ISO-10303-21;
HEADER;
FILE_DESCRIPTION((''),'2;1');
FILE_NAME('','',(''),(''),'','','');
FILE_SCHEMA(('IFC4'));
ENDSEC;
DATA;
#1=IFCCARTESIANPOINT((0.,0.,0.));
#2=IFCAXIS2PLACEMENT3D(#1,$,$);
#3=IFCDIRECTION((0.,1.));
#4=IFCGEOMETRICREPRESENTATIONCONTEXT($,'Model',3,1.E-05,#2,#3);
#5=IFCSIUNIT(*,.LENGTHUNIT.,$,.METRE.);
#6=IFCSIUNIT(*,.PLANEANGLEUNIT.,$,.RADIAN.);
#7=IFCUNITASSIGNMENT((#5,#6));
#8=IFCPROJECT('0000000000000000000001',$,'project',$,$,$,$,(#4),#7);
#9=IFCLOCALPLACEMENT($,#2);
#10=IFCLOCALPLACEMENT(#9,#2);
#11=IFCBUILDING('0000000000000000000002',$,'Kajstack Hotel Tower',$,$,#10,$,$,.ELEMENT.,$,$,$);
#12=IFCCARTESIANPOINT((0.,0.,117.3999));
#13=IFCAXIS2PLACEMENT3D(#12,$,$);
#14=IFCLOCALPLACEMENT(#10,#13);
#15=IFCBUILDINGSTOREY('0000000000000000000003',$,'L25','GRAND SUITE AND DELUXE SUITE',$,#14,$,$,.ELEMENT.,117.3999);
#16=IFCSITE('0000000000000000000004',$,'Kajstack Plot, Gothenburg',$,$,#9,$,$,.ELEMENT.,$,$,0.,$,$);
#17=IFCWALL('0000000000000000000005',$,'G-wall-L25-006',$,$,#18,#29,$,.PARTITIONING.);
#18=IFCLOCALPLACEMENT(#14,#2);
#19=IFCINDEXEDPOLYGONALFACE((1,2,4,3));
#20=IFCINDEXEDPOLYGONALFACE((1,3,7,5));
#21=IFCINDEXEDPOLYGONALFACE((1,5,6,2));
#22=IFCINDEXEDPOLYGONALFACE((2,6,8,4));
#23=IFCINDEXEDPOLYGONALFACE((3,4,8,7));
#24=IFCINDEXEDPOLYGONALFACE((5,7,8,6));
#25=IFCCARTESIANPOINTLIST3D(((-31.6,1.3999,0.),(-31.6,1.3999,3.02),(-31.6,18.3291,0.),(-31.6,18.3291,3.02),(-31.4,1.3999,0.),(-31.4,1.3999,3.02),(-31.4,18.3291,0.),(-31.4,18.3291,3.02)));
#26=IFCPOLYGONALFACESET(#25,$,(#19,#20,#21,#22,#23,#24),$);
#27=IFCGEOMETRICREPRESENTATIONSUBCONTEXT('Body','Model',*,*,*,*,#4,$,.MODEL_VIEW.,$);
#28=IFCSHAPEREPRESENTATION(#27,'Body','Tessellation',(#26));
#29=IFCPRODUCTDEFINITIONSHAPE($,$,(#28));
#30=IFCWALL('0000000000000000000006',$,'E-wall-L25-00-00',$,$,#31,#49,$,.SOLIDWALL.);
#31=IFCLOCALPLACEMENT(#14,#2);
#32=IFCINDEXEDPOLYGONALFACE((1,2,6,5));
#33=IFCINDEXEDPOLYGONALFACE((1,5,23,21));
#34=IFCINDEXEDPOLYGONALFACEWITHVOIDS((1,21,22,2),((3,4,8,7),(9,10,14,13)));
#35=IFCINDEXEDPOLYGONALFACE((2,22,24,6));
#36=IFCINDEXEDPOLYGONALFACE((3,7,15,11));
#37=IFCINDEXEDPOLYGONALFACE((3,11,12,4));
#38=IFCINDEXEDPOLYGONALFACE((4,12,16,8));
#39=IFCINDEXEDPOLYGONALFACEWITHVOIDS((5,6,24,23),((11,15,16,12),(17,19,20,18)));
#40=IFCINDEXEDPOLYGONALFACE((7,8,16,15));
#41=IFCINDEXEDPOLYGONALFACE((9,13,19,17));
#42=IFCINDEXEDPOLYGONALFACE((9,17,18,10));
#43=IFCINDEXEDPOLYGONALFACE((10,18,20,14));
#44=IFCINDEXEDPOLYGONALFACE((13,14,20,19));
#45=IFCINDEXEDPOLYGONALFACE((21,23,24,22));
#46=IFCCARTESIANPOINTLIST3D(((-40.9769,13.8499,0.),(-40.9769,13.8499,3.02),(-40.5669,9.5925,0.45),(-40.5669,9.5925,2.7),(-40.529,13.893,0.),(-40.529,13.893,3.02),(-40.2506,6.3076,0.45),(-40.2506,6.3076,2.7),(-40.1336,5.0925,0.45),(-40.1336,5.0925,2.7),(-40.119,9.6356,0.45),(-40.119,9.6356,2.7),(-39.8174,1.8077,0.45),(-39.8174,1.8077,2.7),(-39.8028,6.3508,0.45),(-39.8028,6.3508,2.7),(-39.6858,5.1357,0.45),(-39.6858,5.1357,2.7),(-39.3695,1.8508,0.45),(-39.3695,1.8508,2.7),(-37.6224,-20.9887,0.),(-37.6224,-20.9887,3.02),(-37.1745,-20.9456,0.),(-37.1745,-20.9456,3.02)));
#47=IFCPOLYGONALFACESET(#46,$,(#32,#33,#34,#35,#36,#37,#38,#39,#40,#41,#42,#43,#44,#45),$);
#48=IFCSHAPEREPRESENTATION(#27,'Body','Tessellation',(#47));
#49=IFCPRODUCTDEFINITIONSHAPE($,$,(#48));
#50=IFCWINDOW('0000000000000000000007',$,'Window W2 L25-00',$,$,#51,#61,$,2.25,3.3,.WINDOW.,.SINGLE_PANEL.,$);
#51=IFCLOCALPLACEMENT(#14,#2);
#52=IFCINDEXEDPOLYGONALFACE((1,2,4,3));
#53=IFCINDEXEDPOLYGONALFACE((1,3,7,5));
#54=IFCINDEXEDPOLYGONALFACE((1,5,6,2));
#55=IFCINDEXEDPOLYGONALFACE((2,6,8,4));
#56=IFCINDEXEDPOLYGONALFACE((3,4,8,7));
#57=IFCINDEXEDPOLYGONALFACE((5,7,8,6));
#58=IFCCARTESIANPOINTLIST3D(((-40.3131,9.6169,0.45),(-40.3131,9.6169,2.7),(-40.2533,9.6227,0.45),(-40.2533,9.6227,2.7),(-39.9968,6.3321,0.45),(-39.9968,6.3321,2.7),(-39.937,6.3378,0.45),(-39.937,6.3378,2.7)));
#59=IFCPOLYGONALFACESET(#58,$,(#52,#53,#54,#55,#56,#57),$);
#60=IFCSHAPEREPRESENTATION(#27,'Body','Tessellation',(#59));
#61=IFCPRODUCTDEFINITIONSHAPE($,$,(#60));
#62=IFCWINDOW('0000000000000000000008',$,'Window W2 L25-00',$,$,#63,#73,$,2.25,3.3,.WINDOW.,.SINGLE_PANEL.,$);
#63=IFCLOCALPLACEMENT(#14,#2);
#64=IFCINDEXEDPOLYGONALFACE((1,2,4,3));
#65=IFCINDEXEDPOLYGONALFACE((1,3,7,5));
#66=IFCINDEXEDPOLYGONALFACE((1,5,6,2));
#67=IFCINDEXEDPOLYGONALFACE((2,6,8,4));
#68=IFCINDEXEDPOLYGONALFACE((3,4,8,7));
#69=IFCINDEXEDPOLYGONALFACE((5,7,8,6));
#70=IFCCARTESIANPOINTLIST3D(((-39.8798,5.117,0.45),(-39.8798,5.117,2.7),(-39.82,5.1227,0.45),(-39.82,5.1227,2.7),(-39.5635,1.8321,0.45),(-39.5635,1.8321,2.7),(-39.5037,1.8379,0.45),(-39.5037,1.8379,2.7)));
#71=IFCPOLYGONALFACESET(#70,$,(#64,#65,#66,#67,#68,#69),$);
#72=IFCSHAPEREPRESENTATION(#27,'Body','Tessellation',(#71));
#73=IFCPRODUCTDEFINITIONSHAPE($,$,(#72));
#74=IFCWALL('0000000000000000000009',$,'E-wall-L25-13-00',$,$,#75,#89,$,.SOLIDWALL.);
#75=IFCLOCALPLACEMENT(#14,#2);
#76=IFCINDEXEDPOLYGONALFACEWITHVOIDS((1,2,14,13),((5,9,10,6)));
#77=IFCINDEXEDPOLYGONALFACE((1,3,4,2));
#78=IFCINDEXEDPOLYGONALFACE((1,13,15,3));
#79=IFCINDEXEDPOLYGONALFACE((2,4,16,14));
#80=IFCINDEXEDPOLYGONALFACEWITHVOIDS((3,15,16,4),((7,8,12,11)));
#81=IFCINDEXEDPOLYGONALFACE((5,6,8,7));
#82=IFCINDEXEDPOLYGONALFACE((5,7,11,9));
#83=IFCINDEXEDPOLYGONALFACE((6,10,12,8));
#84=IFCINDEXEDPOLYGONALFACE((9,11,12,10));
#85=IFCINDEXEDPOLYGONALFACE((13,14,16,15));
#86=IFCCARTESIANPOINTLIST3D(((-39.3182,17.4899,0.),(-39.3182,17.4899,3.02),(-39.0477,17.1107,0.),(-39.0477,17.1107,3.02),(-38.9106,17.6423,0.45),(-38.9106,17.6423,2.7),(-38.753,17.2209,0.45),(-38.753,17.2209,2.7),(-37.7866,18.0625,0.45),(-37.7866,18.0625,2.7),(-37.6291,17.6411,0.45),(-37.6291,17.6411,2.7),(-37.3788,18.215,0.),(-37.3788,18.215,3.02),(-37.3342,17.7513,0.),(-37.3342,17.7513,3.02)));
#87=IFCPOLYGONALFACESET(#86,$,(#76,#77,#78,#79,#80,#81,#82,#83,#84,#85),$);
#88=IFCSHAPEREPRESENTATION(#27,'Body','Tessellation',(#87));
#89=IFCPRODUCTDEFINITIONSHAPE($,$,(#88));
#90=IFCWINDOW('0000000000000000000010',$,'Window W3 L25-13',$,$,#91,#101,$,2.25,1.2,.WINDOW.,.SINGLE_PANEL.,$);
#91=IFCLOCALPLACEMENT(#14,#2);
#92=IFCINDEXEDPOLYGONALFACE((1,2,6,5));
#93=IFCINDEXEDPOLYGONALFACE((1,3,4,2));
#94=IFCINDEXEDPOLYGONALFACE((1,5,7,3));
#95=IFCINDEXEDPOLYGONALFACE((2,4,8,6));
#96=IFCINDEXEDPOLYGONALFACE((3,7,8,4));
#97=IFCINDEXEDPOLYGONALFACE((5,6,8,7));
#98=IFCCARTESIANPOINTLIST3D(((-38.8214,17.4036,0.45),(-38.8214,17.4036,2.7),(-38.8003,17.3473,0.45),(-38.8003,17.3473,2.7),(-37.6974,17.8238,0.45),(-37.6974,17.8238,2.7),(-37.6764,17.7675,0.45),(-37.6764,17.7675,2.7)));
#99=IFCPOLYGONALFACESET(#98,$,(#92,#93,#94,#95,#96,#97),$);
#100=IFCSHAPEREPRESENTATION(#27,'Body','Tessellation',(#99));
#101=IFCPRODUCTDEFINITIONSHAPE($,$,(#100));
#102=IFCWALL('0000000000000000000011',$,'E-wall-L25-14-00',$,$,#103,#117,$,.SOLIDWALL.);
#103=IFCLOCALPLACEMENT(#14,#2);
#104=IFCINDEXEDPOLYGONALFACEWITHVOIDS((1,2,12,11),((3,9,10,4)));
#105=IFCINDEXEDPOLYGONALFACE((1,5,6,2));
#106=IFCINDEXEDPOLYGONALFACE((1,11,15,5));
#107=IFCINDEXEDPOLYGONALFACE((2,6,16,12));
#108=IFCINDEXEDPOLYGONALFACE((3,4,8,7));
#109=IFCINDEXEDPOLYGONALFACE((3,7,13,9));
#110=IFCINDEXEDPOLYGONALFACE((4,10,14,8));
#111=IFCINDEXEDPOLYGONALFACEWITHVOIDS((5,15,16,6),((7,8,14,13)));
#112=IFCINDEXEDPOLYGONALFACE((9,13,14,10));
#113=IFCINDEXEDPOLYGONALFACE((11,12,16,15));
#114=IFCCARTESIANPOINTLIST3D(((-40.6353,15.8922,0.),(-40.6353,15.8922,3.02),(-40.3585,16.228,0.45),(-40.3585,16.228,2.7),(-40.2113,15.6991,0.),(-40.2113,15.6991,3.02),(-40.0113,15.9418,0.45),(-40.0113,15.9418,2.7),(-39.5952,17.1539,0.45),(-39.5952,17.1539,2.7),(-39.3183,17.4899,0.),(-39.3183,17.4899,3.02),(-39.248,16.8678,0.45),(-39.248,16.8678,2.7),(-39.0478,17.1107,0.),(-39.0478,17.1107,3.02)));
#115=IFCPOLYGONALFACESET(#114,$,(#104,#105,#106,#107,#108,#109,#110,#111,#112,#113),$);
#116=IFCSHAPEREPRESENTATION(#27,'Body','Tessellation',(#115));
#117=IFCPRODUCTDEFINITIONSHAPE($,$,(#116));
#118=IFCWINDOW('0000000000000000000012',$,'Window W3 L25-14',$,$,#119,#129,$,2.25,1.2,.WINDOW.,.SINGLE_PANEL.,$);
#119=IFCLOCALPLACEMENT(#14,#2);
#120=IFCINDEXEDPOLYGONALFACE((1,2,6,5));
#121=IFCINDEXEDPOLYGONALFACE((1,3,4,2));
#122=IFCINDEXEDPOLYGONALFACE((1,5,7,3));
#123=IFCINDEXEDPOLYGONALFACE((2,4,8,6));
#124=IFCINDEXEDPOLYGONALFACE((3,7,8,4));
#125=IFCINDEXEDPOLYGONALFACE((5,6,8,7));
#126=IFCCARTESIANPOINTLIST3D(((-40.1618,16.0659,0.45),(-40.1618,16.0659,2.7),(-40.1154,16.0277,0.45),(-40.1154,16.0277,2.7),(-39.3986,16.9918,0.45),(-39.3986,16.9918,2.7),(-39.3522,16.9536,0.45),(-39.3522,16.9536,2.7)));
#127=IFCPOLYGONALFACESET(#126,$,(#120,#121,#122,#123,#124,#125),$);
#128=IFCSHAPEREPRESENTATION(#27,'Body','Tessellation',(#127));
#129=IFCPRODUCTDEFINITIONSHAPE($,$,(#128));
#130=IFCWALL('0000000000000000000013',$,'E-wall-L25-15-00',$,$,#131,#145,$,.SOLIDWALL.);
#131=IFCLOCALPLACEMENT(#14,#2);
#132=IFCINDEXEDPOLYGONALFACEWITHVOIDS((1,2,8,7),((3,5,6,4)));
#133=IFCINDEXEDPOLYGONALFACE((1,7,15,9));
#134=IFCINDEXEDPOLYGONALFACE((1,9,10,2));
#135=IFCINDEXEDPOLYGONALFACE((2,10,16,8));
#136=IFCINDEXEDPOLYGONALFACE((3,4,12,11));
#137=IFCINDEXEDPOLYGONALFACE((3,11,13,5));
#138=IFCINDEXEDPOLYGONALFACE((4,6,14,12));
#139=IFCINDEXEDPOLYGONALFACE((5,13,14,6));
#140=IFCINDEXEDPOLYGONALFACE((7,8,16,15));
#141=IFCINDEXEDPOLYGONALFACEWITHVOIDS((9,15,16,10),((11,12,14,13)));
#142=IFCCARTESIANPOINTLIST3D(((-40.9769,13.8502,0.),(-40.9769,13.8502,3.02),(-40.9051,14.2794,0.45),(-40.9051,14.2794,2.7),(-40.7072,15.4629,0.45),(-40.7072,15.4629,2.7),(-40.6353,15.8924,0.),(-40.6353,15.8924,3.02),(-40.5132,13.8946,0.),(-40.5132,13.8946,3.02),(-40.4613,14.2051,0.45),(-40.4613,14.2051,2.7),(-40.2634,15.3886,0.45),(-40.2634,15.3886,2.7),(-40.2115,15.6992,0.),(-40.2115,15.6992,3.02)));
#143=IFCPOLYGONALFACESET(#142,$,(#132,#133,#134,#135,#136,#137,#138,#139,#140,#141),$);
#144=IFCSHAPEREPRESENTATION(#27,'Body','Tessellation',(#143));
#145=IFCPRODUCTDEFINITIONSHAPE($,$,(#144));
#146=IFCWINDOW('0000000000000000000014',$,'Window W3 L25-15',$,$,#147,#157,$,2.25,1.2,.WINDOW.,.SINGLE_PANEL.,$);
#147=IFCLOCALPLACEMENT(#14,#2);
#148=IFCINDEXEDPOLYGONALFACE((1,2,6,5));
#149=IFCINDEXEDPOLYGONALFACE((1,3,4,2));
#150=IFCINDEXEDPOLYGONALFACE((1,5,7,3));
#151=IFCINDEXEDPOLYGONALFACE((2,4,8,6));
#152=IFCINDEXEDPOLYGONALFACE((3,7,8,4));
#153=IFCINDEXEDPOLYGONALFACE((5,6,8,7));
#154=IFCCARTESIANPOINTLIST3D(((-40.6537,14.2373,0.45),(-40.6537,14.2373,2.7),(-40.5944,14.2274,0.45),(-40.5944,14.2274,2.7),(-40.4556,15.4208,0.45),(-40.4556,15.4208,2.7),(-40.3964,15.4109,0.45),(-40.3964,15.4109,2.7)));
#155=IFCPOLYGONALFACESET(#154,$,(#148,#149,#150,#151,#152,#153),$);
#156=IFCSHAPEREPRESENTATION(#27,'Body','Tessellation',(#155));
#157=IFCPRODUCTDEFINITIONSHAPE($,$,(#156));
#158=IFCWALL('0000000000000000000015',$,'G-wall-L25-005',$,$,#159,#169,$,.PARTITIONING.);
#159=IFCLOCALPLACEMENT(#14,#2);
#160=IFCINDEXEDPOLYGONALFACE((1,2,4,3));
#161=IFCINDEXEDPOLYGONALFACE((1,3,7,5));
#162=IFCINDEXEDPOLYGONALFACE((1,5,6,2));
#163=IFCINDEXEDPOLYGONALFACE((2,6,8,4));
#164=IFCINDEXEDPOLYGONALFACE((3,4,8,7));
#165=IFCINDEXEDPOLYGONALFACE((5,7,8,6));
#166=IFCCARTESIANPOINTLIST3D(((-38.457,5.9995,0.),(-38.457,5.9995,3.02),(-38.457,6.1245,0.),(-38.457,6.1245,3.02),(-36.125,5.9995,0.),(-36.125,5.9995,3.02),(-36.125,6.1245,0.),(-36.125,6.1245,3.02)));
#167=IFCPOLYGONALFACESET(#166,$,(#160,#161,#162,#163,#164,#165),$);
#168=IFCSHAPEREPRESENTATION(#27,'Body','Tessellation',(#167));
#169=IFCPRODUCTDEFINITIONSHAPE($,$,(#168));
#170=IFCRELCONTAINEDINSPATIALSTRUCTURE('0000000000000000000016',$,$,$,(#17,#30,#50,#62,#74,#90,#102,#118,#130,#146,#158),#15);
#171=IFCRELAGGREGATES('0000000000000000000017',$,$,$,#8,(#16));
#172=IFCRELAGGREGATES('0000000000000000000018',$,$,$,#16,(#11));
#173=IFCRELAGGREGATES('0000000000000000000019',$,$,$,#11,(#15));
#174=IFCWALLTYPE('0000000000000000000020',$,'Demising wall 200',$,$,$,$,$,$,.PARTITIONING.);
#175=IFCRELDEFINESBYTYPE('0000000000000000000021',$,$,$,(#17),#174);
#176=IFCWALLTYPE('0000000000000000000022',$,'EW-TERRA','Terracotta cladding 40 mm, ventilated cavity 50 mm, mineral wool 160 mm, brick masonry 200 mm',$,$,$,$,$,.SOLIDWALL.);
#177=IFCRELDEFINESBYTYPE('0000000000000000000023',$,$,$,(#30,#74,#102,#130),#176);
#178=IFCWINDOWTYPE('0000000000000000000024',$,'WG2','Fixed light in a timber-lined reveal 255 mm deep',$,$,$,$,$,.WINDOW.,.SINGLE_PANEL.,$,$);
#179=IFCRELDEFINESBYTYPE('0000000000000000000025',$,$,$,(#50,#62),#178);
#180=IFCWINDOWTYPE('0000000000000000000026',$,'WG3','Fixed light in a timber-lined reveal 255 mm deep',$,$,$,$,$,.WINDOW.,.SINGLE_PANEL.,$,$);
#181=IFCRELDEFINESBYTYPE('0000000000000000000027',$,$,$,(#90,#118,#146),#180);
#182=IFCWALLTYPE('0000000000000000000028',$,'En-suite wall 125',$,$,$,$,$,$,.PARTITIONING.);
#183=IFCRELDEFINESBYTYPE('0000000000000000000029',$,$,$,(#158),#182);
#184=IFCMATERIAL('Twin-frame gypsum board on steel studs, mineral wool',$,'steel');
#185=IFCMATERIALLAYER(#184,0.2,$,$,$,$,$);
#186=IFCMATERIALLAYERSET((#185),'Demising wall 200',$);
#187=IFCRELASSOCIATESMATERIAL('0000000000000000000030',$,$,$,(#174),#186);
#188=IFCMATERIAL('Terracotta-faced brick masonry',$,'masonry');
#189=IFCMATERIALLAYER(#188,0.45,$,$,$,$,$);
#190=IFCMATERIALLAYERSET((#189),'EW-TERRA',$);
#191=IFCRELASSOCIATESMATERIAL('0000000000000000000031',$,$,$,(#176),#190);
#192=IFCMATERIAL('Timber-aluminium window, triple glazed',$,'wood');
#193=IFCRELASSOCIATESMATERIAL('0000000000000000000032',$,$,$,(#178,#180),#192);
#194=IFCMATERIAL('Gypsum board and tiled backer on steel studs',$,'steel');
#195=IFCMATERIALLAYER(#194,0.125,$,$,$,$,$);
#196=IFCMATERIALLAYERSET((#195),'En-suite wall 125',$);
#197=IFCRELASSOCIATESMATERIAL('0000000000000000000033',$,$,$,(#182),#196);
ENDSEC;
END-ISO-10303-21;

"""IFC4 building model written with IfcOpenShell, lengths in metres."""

from ifc_helpers import new_model, si_unit, direction, frame, frame_2d, origin, place, context, subcontext, project, spatial, polyline, rectangle, outline, extrude, material, layer, layer_set, type_object, element, fill, save


model = new_model("IFC4")

# Units and contexts
model_context = context("Model", 3, precision=1e-05, world=origin(), true_north=direction((0.0, 1.0)))
body_context = subcontext(model_context, "Body", "Model", "MODEL_VIEW")
ifc_project = project(units=[si_unit("LENGTHUNIT", "METRE"), si_unit("PLANEANGLEUNIT", "RADIAN")], contexts=[model_context])

# Site, building, storey
site_placement = place(None, origin())
site = spatial("IfcSite", under=ifc_project, at=site_placement, Name="Kajstack Plot, Gothenburg", CompositionType="ELEMENT", RefElevation=0.0)
building_placement = place(site_placement, origin())
building = spatial("IfcBuilding", under=site, at=building_placement, Name="Kajstack Hotel Tower", CompositionType="ELEMENT")
storey_placement = place(building_placement, frame((0.0, 0.0, 117.3999)))
storey = spatial("IfcBuildingStorey", under=building, at=storey_placement, Name="L25", Description="GRAND SUITE AND DELUXE SUITE", CompositionType="ELEMENT", Elevation=117.3999)

# Wall
ifc_material_1 = material(Name="Twin-frame gypsum board on steel studs, mineral wool", Category="steel")
ifc_layer_1 = layer(ifc_material_1, 0.2)
ifc_layer_set_1 = layer_set([ifc_layer_1], Name="Demising wall 200")
wall_type_1 = type_object("IfcWallType", Name="Demising wall 200", PredefinedType="PARTITIONING", material=ifc_layer_set_1)
wall_1_placement = place(storey_placement, frame((-31.5, 1.3999, 0.0), z_axis=(0.0, 0.0, 1.0), x_axis=(0.0, 1.0, 0.0)))
element("IfcWall", 1, at=wall_1_placement, inside=storey, type_object=wall_type_1, Name="G-wall-L25-006", PredefinedType="PARTITIONING", context=body_context, shape_type="SweptSolid", body=[
    extrude(rectangle(XDim=16.9292, YDim=0.2, at=frame_2d((8.4646, 0.0))), origin(), (0.0, 0.0, 1.0), 3.02),
])

# Wall, openings, windows
ifc_material_2 = material(Name="Terracotta-faced brick masonry", Category="masonry")
ifc_layer_2 = layer(ifc_material_2, 0.45)
ifc_layer_set_2 = layer_set([ifc_layer_2], Name="EW-TERRA")
wall_type_2 = type_object("IfcWallType", Name="EW-TERRA", Description="Terracotta cladding 40 mm, ventilated cavity 50 mm, mineral wool 160 mm, brick masonry 200 mm", PredefinedType="SOLIDWALL", material=ifc_layer_set_2)
wall_2_placement = place(storey_placement, frame((-40.7529, 13.8716, 0.0), z_axis=(0.0, 0.0, 1.0), x_axis=(0.095843, -0.995396, 0.0)))
wall_2 = element("IfcWall", 2, at=wall_2_placement, inside=storey, type_object=wall_type_2, Name="E-wall-L25-00-00", PredefinedType="SOLIDWALL", context=body_context, shape_type="SweptSolid", body=[
    extrude(rectangle(XDim=34.9998, YDim=0.45, at=frame_2d((17.5, 0.0))), origin(), (0.0, 0.0, 1.0), 3.02),
])
opening_1_placement = place(wall_2_placement, frame((4.2773, 0.0, 0.45)))
opening_1 = element("IfcOpeningElement", 3, at=opening_1_placement, cuts=wall_2, PredefinedType="OPENING", context=body_context, shape_type="SweptSolid", body=[
    extrude(rectangle(XDim=3.3, YDim=2.25, at=frame_2d((1.6499, 1.125))), frame((0.0, 0.2349, 0.0), z_axis=(0.0, -1.0, 0.0), x_axis=(1.0, 0.0, 0.0)), (0.0, 0.0, 1.0), 0.47),
])
opening_2_placement = place(wall_2_placement, frame((8.7981, 0.0, 0.45)))
opening_2 = element("IfcOpeningElement", 4, at=opening_2_placement, cuts=wall_2, PredefinedType="OPENING", context=body_context, shape_type="SweptSolid", body=[
    extrude(rectangle(XDim=3.3, YDim=2.25, at=frame_2d((1.6499, 1.125))), frame((0.0, 0.2349, 0.0), z_axis=(0.0, -1.0, 0.0), x_axis=(1.0, 0.0, 0.0)), (0.0, 0.0, 1.0), 0.47),
])
ifc_material_3 = material(Name="Timber-aluminium window, triple glazed", Category="wood")
window_type_1 = type_object("IfcWindowType", Name="WG2", Description="Fixed light in a timber-lined reveal 255 mm deep", PartitioningType="SINGLE_PANEL", PredefinedType="WINDOW", material=ifc_material_3)
window_1_placement = place(opening_1_placement, origin())
window_1 = element("IfcWindow", 5, at=window_1_placement, inside=storey, type_object=window_type_1, Name="Window W2 L25-00", OverallHeight=2.25, OverallWidth=3.3, PartitioningType="SINGLE_PANEL", PredefinedType="WINDOW", context=body_context, shape_type="SweptSolid", body=[
    extrude(rectangle(XDim=3.3, YDim=2.25, at=frame_2d((1.6499, 1.125))), frame((0.0, 0.0901, 0.0), z_axis=(0.0, -1.0, 0.0), x_axis=(1.0, 0.0, 0.0)), (0.0, 0.0, 1.0), 0.0601),
])
fill(opening_1, window_1)
window_2_placement = place(opening_2_placement, origin())
window_2 = element("IfcWindow", 6, at=window_2_placement, inside=storey, type_object=window_type_1, Name="Window W2 L25-00", OverallHeight=2.25, OverallWidth=3.3, PartitioningType="SINGLE_PANEL", PredefinedType="WINDOW", context=body_context, shape_type="SweptSolid", body=[
    extrude(rectangle(XDim=3.3, YDim=2.25, at=frame_2d((1.6499, 1.125))), frame((0.0, 0.0901, 0.0), z_axis=(0.0, -1.0, 0.0), x_axis=(1.0, 0.0, 0.0)), (0.0, 0.0, 1.0), 0.0601),
])
fill(opening_2, window_2)

# Walls, openings, windows
wall_3_placement = place(storey_placement, frame((-37.3, 18.0044, 0.0), z_axis=(0.0, 0.0, 1.0), x_axis=(-0.936678, -0.350193, 0.0)))
wall_3 = element("IfcWall", 7, at=wall_3_placement, inside=storey, type_object=wall_type_2, Name="E-wall-L25-13-00", PredefinedType="SOLIDWALL", context=body_context, shape_type="SweptSolid", body=[
    extrude(outline(polyline([(0.0, -0.2249), (2.0706, -0.2249), (1.95, 0.2251), (0.1206, 0.2251), (0.0, -0.2249)])), origin(), (0.0, 0.0, 1.0), 3.02),
])
opening_3_placement = place(wall_3_placement, frame((0.4353, 0.0, 0.45)))
opening_3 = element("IfcOpeningElement", 8, at=opening_3_placement, cuts=wall_3, PredefinedType="OPENING", context=body_context, shape_type="SweptSolid", body=[
    extrude(rectangle(XDim=1.2, YDim=2.25, at=frame_2d((0.6001, 1.125))), frame((0.0, 0.2349, 0.0), z_axis=(0.0, -1.0, 0.0), x_axis=(1.0, 0.0, 0.0)), (0.0, 0.0, 1.0), 0.47),
])
window_type_2 = type_object("IfcWindowType", Name="WG3", Description="Fixed light in a timber-lined reveal 255 mm deep", PartitioningType="SINGLE_PANEL", PredefinedType="WINDOW", material=ifc_material_3)
window_3_placement = place(opening_3_placement, origin())
window_3 = element("IfcWindow", 9, at=window_3_placement, inside=storey, type_object=window_type_2, Name="Window W3 L25-13", OverallHeight=2.25, OverallWidth=1.2, PartitioningType="SINGLE_PANEL", PredefinedType="WINDOW", context=body_context, shape_type="SweptSolid", body=[
    extrude(rectangle(XDim=1.2, YDim=2.25, at=frame_2d((0.6001, 1.125))), frame((0.0, 0.0901, 0.0), z_axis=(0.0, -1.0, 0.0), x_axis=(1.0, 0.0, 0.0)), (0.0, 0.0, 1.0), 0.0601),
])
fill(opening_3, window_3)
wall_4_placement = place(storey_placement, frame((-39.1448, 17.3469, 0.0), z_axis=(0.0, 0.0, 1.0), x_axis=(-0.636046, -0.771651, 0.0)))
wall_4 = element("IfcWall", 10, at=wall_4_placement, inside=storey, type_object=wall_type_2, Name="E-wall-L25-14-00", PredefinedType="SOLIDWALL", context=body_context, shape_type="SweptSolid", body=[
    extrude(outline(polyline([(0.0, -0.2249), (2.0706, -0.2249), (1.95, 0.2251), (0.1206, 0.2251), (0.0, -0.2249)])), origin(), (0.0, 0.0, 1.0), 3.02),
])
opening_4_placement = place(wall_4_placement, frame((0.4353, 0.0, 0.45)))
opening_4 = element("IfcOpeningElement", 11, at=opening_4_placement, cuts=wall_4, PredefinedType="OPENING", context=body_context, shape_type="SweptSolid", body=[
    extrude(rectangle(XDim=1.2, YDim=2.25, at=frame_2d((0.6001, 1.125))), frame((0.0, 0.2349, 0.0), z_axis=(0.0, -1.0, 0.0), x_axis=(1.0, 0.0, 0.0)), (0.0, 0.0, 1.0), 0.47),
])
window_4_placement = place(opening_4_placement, origin())
window_4 = element("IfcWindow", 12, at=window_4_placement, inside=storey, type_object=window_type_2, Name="Window W3 L25-14", OverallHeight=2.25, OverallWidth=1.2, PartitioningType="SINGLE_PANEL", PredefinedType="WINDOW", context=body_context, shape_type="SweptSolid", body=[
    extrude(rectangle(XDim=1.2, YDim=2.25, at=frame_2d((0.6001, 1.125))), frame((0.0, 0.0901, 0.0), z_axis=(0.0, -1.0, 0.0), x_axis=(1.0, 0.0, 0.0)), (0.0, 0.0, 1.0), 0.0601),
])
fill(opening_4, window_4)
wall_5_placement = place(storey_placement, frame((-40.4133, 15.8552, 0.0), z_axis=(0.0, 0.0, 1.0), x_axis=(-0.165068, -0.986282, 0.0)))
wall_5 = element("IfcWall", 13, at=wall_5_placement, inside=storey, type_object=wall_type_2, Name="E-wall-L25-15-00", PredefinedType="SOLIDWALL", context=body_context, shape_type="SweptSolid", body=[
    extrude(outline(polyline([(0.0, -0.2251), (2.0706, -0.2249), (1.9502, 0.2251), (0.1206, 0.2249), (0.0, -0.2251)])), origin(), (0.0, 0.0, 1.0), 3.02),
])
opening_5_placement = place(wall_5_placement, frame((0.4353, 0.0, 0.45)))
opening_5 = element("IfcOpeningElement", 14, at=opening_5_placement, cuts=wall_5, PredefinedType="OPENING", context=body_context, shape_type="SweptSolid", body=[
    extrude(rectangle(XDim=1.2, YDim=2.25, at=frame_2d((0.6001, 1.125))), frame((0.0, 0.2349, 0.0), z_axis=(0.0, -1.0, 0.0), x_axis=(1.0, 0.0, 0.0)), (0.0, 0.0, 1.0), 0.47),
])
window_5_placement = place(opening_5_placement, origin())
window_5 = element("IfcWindow", 15, at=window_5_placement, inside=storey, type_object=window_type_2, Name="Window W3 L25-15", OverallHeight=2.25, OverallWidth=1.2, PartitioningType="SINGLE_PANEL", PredefinedType="WINDOW", context=body_context, shape_type="SweptSolid", body=[
    extrude(rectangle(XDim=1.2, YDim=2.25, at=frame_2d((0.6001, 1.125))), frame((0.0, 0.0901, 0.0), z_axis=(0.0, -1.0, 0.0), x_axis=(1.0, 0.0, 0.0)), (0.0, 0.0, 1.0), 0.0601),
])
fill(opening_5, window_5)

# Wall
ifc_material_4 = material(Name="Gypsum board and tiled backer on steel studs", Category="steel")
ifc_layer_3 = layer(ifc_material_4, 0.125)
ifc_layer_set_3 = layer_set([ifc_layer_3], Name="En-suite wall 125")
wall_type_3 = type_object("IfcWallType", Name="En-suite wall 125", PredefinedType="PARTITIONING", material=ifc_layer_set_3)
wall_6_placement = place(storey_placement, frame((-38.457, 6.062, 0.0), z_axis=(0.0, 0.0, 1.0), x_axis=(1.0, 0.0, 0.0)))
element("IfcWall", 16, at=wall_6_placement, inside=storey, type_object=wall_type_3, Name="G-wall-L25-005", PredefinedType="PARTITIONING", context=body_context, shape_type="SweptSolid", body=[
    extrude(rectangle(XDim=2.332, YDim=0.125, at=frame_2d((1.166, 0.0))), origin(), (0.0, 0.0, 1.0), 3.02),
])

save(model, "model.ifc")
